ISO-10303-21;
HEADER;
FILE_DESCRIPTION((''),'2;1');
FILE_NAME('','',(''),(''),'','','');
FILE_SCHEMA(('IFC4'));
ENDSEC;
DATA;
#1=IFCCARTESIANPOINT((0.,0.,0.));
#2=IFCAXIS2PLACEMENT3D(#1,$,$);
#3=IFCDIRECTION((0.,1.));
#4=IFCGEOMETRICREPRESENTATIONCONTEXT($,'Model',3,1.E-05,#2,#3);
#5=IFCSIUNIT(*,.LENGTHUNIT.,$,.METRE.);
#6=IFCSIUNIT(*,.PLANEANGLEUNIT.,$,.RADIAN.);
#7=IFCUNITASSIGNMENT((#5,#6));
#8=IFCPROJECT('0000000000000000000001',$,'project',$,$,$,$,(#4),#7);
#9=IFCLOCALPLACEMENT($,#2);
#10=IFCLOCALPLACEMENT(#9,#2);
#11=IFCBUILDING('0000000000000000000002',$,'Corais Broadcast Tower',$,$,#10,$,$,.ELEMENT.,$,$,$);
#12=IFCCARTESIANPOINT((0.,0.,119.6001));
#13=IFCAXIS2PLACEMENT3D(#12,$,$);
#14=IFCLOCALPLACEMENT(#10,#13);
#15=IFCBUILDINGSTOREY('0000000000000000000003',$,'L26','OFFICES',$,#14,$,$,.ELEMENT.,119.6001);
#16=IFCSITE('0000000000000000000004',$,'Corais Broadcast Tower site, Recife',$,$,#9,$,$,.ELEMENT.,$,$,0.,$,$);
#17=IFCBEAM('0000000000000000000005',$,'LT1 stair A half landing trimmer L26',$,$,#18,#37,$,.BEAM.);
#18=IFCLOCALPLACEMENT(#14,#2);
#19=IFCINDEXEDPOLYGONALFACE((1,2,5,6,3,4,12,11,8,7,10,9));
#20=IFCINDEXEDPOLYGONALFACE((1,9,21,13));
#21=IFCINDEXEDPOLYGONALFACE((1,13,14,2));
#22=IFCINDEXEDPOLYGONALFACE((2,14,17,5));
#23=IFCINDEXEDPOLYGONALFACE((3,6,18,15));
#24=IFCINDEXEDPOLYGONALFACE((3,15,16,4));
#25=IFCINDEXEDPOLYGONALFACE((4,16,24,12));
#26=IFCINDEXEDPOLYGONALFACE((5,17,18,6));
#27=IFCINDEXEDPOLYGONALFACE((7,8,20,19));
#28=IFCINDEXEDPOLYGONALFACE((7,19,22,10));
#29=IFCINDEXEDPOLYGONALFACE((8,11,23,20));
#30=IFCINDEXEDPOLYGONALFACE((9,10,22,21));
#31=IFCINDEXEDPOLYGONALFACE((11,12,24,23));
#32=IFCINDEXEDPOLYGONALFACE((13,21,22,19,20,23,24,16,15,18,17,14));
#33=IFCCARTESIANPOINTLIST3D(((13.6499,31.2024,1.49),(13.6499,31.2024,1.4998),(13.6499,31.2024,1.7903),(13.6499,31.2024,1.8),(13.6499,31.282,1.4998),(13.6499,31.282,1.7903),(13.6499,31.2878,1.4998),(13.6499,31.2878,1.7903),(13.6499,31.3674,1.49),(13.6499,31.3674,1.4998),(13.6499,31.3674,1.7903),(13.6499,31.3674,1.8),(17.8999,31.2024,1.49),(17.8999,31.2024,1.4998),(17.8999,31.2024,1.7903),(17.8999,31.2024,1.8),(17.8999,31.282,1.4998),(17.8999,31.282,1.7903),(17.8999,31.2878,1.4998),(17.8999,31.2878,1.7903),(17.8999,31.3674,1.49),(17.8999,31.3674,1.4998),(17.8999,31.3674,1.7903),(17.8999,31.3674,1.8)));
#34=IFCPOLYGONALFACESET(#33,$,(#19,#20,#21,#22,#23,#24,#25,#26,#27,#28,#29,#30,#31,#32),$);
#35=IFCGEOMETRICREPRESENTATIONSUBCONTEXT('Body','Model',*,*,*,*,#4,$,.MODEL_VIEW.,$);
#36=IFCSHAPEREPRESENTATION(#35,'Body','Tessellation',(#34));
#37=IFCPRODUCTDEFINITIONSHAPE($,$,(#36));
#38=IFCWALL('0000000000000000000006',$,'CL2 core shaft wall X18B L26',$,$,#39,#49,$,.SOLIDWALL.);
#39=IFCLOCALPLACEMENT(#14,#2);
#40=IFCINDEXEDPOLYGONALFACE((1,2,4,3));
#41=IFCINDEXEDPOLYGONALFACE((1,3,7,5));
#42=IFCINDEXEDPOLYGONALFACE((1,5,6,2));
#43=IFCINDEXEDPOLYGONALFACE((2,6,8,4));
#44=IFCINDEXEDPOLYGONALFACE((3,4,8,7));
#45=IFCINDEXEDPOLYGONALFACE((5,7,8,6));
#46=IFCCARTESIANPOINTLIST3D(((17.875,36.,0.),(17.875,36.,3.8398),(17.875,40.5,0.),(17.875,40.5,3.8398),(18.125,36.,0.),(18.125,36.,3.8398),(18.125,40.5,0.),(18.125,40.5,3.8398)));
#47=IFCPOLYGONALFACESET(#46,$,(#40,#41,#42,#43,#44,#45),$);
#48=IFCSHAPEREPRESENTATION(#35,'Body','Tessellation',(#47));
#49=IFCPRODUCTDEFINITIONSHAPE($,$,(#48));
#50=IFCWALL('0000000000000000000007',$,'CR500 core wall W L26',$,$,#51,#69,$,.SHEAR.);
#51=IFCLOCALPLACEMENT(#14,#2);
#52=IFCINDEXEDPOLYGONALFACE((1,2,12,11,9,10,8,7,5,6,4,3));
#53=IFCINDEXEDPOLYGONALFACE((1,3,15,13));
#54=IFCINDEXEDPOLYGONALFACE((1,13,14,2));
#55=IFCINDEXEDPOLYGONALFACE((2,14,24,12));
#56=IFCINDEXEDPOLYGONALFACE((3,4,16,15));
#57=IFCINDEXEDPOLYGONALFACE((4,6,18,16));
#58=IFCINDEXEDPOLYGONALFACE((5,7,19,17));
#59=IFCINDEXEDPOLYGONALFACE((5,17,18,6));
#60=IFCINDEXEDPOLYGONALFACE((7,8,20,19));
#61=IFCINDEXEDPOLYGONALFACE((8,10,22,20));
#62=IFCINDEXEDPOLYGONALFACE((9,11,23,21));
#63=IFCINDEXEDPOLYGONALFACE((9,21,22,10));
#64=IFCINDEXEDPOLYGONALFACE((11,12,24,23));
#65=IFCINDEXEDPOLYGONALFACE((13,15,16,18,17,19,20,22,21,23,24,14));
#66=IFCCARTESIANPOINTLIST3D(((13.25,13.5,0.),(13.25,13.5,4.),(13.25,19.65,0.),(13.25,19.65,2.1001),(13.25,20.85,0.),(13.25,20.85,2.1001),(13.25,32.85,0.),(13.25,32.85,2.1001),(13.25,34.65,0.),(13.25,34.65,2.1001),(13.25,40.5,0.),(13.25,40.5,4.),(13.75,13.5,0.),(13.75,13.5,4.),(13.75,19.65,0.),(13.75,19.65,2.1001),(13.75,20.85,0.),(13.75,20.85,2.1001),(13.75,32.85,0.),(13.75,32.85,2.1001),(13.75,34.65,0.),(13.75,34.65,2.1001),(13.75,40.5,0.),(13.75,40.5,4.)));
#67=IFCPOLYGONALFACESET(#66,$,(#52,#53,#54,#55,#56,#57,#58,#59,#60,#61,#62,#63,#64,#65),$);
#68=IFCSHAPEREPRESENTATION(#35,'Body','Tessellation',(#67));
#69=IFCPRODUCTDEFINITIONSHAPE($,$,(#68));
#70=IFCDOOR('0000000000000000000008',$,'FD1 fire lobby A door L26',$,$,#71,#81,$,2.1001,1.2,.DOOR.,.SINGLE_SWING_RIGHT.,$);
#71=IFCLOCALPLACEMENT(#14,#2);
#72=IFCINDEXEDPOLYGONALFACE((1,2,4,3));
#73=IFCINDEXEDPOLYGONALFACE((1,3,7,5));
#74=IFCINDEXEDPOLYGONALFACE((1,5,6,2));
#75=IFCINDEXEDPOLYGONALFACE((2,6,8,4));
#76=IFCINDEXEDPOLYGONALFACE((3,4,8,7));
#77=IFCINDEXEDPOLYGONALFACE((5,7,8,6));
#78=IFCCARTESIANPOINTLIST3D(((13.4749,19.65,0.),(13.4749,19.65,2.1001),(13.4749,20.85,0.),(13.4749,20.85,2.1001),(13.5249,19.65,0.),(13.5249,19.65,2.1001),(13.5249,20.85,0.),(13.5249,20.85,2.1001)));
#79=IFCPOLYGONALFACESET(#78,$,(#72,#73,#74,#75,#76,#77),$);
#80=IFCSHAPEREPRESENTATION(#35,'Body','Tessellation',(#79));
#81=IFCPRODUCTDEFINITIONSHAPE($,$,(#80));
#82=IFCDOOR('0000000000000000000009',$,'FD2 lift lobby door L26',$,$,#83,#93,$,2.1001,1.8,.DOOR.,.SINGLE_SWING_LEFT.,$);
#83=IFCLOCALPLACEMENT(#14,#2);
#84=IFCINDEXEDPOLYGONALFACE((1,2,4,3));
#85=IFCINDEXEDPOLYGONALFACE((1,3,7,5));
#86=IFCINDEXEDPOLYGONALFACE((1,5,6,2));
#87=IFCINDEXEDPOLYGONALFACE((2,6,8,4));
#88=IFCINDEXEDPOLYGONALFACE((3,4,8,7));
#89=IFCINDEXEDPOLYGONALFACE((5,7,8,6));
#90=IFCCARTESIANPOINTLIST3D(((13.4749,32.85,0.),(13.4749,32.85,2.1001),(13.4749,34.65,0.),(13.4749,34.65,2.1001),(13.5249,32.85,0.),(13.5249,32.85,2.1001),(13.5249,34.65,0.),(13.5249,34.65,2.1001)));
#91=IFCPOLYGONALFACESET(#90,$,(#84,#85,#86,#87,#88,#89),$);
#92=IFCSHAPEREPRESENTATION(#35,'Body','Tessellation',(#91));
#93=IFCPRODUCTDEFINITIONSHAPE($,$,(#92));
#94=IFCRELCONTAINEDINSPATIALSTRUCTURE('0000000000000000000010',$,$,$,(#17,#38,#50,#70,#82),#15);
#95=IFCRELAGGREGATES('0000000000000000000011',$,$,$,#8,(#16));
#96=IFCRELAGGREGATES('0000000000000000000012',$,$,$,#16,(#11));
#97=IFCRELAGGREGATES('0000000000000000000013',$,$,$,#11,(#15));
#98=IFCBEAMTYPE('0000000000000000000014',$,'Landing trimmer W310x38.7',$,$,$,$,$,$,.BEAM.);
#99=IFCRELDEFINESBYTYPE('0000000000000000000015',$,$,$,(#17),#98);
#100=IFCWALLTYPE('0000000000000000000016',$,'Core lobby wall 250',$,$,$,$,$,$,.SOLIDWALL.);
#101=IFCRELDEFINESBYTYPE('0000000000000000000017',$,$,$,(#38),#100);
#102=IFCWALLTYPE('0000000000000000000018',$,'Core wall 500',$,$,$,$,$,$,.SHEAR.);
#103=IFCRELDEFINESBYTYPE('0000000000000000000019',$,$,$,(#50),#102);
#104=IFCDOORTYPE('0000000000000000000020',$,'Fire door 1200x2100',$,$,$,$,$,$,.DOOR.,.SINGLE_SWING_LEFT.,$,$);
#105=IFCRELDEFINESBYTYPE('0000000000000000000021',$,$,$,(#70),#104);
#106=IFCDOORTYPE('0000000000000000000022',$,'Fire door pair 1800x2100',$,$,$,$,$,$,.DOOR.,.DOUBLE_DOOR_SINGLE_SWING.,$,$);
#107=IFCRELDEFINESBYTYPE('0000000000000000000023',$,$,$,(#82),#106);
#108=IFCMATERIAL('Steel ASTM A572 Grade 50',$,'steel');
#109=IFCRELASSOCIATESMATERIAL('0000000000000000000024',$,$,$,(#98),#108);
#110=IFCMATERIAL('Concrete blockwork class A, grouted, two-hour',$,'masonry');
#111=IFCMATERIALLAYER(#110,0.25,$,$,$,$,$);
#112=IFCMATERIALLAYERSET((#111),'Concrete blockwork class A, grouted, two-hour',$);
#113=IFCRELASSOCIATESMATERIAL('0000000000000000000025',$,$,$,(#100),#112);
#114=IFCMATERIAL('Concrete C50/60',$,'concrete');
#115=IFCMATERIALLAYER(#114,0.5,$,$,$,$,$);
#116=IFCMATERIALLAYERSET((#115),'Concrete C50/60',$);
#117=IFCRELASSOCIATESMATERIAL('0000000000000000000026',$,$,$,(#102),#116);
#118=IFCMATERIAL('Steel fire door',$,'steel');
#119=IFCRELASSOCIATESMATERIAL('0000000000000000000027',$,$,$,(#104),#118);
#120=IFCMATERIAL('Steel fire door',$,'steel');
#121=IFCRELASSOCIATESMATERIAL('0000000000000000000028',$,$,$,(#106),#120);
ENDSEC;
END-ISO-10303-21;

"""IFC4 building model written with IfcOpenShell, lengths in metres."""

from ifc_helpers import new_model, si_unit, direction, frame, frame_2d, origin, origin_2d, place, context, subcontext, project, spatial, rectangle, i_section, extrude, material, layer, layer_set, material_profile, profile_set, type_object, element, fill, save


model = new_model("IFC4")

# Units and contexts
model_context = context("Model", 3, precision=1e-05, world=origin(), true_north=direction((0.0, 1.0)))
body_context = subcontext(model_context, "Body", "Model", "MODEL_VIEW")
ifc_project = project(units=[si_unit("LENGTHUNIT", "METRE"), si_unit("PLANEANGLEUNIT", "RADIAN")], contexts=[model_context])

# Site, building, storey
site_placement = place(None, origin())
site = spatial("IfcSite", under=ifc_project, at=site_placement, Name="Corais Broadcast Tower site, Recife", CompositionType="ELEMENT", RefElevation=0.0)
building_placement = place(site_placement, origin())
building = spatial("IfcBuilding", under=site, at=building_placement, Name="Corais Broadcast Tower", CompositionType="ELEMENT")
storey_placement = place(building_placement, frame((0.0, 0.0, 119.6001)))
storey = spatial("IfcBuildingStorey", under=building, at=storey_placement, Name="L26", Description="OFFICES", CompositionType="ELEMENT", Elevation=119.6001)

# Beam
ifc_material_1 = material(Name="Steel ASTM A572 Grade 50", Category="steel")
ifc_material_profile = material_profile(ifc_material_1, i_section(OverallWidth=0.165, OverallDepth=0.3101, WebThickness=0.0059, FlangeThickness=0.0098, at=origin_2d()), Name="W310x38.7")
ifc_profile_set = profile_set([ifc_material_profile], Name="Steel ASTM A572 Grade 50")
beam_type = type_object("IfcBeamType", Name="Landing trimmer W310x38.7", PredefinedType="BEAM", material=ifc_profile_set)
beam_placement = place(storey_placement, frame((13.6499, 31.2849, 1.645), z_axis=(1.0, 0.0, 0.0), x_axis=(0.0, 1.0, 0.0)))
element("IfcBeam", 1, at=beam_placement, inside=storey, type_object=beam_type, Name="LT1 stair A half landing trimmer L26", PredefinedType="BEAM", context=body_context, shape_type="SweptSolid", body=[
    extrude(i_section(OverallWidth=0.165, OverallDepth=0.3101, WebThickness=0.0059, FlangeThickness=0.0098, at=origin_2d()), origin(), (0.0, 0.0, 1.0), 4.25),
])

# Wall
ifc_material_2 = material(Name="Concrete blockwork class A, grouted, two-hour", Category="masonry")
ifc_layer_1 = layer(ifc_material_2, 0.25)
ifc_layer_set_1 = layer_set([ifc_layer_1], Name="Concrete blockwork class A, grouted, two-hour")
wall_type_1 = type_object("IfcWallType", Name="Core lobby wall 250", PredefinedType="SOLIDWALL", material=ifc_layer_set_1)
wall_1_placement = place(storey_placement, frame((18.0, 36.0, 0.0), z_axis=(0.0, 0.0, 1.0), x_axis=(0.0, 1.0, 0.0)))
element("IfcWall", 2, at=wall_1_placement, inside=storey, type_object=wall_type_1, Name="CL2 core shaft wall X18B L26", PredefinedType="SOLIDWALL", context=body_context, shape_type="SweptSolid", body=[
    extrude(rectangle(XDim=4.5, YDim=0.25, at=frame_2d((2.25, 0.0))), origin(), (0.0, 0.0, 1.0), 3.8398),
])

# Wall, openings, doors
ifc_material_3 = material(Name="Concrete C50/60", Category="concrete")
ifc_layer_2 = layer(ifc_material_3, 0.5)
ifc_layer_set_2 = layer_set([ifc_layer_2], Name="Concrete C50/60")
wall_type_2 = type_object("IfcWallType", Name="Core wall 500", PredefinedType="SHEAR", material=ifc_layer_set_2)
wall_2_placement = place(storey_placement, frame((13.5, 40.5, 0.0), z_axis=(0.0, 0.0, 1.0), x_axis=(0.0, -1.0, 0.0)))
wall_2 = element("IfcWall", 3, at=wall_2_placement, inside=storey, type_object=wall_type_2, Name="CR500 core wall W L26", PredefinedType="SHEAR", context=body_context, shape_type="SweptSolid", body=[
    extrude(rectangle(XDim=27.0, YDim=0.5, at=frame_2d((13.5, 0.0))), origin(), (0.0, 0.0, 1.0), 4.0),
])
opening_1_placement = place(wall_2_placement, frame((19.6499, 0.0, 0.0)))
opening_1 = element("IfcOpeningElement", 4, at=opening_1_placement, cuts=wall_2, PredefinedType="OPENING", context=body_context, shape_type="SweptSolid", body=[
    extrude(rectangle(XDim=1.2, YDim=2.1001, at=frame_2d((0.6001, 1.05))), frame((0.0, 0.26, 0.0), z_axis=(0.0, -1.0, 0.0), x_axis=(1.0, 0.0, 0.0)), (0.0, 0.0, 1.0), 0.52),
])
opening_2_placement = place(wall_2_placement, frame((5.8501, 0.0, 0.0)))
opening_2 = element("IfcOpeningElement", 5, at=opening_2_placement, cuts=wall_2, PredefinedType="OPENING", context=body_context, shape_type="SweptSolid", body=[
    extrude(rectangle(XDim=1.8, YDim=2.1001, at=frame_2d((0.8999, 1.05))), frame((0.0, 0.26, 0.0), z_axis=(0.0, -1.0, 0.0), x_axis=(1.0, 0.0, 0.0)), (0.0, 0.0, 1.0), 0.52),
])
ifc_material_4 = material(Name="Steel fire door", Category="steel")
door_type_1 = type_object("IfcDoorType", Name="Fire door 1200x2100", OperationType="SINGLE_SWING_LEFT", PredefinedType="DOOR", material=ifc_material_4)
door_1_placement = place(opening_1_placement, origin())
door_1 = element("IfcDoor", 6, at=door_1_placement, inside=storey, type_object=door_type_1, Name="FD1 fire lobby A door L26", OperationType="SINGLE_SWING_RIGHT", OverallHeight=2.1001, OverallWidth=1.2, PredefinedType="DOOR", context=body_context, shape_type="SweptSolid", body=[
    extrude(rectangle(XDim=1.2, YDim=2.1001, at=frame_2d((0.6001, 1.05))), frame((0.0, 0.0249, 0.0), z_axis=(0.0, -1.0, 0.0), x_axis=(1.0, 0.0, 0.0)), (0.0, 0.0, 1.0), 0.05),
])
fill(opening_1, door_1)
ifc_material_5 = material(Name="Steel fire door", Category="steel")
door_type_2 = type_object("IfcDoorType", Name="Fire door pair 1800x2100", OperationType="DOUBLE_DOOR_SINGLE_SWING", PredefinedType="DOOR", material=ifc_material_5)
door_2_placement = place(opening_2_placement, origin())
door_2 = element("IfcDoor", 7, at=door_2_placement, inside=storey, type_object=door_type_2, Name="FD2 lift lobby door L26", OperationType="SINGLE_SWING_LEFT", OverallHeight=2.1001, OverallWidth=1.8, PredefinedType="DOOR", context=body_context, shape_type="SweptSolid", body=[
    extrude(rectangle(XDim=1.8, YDim=2.1001, at=frame_2d((0.8999, 1.05))), frame((0.0, 0.0249, 0.0), z_axis=(0.0, -1.0, 0.0), x_axis=(1.0, 0.0, 0.0)), (0.0, 0.0, 1.0), 0.05),
])
fill(opening_2, door_2)

save(model, "model.ifc")
